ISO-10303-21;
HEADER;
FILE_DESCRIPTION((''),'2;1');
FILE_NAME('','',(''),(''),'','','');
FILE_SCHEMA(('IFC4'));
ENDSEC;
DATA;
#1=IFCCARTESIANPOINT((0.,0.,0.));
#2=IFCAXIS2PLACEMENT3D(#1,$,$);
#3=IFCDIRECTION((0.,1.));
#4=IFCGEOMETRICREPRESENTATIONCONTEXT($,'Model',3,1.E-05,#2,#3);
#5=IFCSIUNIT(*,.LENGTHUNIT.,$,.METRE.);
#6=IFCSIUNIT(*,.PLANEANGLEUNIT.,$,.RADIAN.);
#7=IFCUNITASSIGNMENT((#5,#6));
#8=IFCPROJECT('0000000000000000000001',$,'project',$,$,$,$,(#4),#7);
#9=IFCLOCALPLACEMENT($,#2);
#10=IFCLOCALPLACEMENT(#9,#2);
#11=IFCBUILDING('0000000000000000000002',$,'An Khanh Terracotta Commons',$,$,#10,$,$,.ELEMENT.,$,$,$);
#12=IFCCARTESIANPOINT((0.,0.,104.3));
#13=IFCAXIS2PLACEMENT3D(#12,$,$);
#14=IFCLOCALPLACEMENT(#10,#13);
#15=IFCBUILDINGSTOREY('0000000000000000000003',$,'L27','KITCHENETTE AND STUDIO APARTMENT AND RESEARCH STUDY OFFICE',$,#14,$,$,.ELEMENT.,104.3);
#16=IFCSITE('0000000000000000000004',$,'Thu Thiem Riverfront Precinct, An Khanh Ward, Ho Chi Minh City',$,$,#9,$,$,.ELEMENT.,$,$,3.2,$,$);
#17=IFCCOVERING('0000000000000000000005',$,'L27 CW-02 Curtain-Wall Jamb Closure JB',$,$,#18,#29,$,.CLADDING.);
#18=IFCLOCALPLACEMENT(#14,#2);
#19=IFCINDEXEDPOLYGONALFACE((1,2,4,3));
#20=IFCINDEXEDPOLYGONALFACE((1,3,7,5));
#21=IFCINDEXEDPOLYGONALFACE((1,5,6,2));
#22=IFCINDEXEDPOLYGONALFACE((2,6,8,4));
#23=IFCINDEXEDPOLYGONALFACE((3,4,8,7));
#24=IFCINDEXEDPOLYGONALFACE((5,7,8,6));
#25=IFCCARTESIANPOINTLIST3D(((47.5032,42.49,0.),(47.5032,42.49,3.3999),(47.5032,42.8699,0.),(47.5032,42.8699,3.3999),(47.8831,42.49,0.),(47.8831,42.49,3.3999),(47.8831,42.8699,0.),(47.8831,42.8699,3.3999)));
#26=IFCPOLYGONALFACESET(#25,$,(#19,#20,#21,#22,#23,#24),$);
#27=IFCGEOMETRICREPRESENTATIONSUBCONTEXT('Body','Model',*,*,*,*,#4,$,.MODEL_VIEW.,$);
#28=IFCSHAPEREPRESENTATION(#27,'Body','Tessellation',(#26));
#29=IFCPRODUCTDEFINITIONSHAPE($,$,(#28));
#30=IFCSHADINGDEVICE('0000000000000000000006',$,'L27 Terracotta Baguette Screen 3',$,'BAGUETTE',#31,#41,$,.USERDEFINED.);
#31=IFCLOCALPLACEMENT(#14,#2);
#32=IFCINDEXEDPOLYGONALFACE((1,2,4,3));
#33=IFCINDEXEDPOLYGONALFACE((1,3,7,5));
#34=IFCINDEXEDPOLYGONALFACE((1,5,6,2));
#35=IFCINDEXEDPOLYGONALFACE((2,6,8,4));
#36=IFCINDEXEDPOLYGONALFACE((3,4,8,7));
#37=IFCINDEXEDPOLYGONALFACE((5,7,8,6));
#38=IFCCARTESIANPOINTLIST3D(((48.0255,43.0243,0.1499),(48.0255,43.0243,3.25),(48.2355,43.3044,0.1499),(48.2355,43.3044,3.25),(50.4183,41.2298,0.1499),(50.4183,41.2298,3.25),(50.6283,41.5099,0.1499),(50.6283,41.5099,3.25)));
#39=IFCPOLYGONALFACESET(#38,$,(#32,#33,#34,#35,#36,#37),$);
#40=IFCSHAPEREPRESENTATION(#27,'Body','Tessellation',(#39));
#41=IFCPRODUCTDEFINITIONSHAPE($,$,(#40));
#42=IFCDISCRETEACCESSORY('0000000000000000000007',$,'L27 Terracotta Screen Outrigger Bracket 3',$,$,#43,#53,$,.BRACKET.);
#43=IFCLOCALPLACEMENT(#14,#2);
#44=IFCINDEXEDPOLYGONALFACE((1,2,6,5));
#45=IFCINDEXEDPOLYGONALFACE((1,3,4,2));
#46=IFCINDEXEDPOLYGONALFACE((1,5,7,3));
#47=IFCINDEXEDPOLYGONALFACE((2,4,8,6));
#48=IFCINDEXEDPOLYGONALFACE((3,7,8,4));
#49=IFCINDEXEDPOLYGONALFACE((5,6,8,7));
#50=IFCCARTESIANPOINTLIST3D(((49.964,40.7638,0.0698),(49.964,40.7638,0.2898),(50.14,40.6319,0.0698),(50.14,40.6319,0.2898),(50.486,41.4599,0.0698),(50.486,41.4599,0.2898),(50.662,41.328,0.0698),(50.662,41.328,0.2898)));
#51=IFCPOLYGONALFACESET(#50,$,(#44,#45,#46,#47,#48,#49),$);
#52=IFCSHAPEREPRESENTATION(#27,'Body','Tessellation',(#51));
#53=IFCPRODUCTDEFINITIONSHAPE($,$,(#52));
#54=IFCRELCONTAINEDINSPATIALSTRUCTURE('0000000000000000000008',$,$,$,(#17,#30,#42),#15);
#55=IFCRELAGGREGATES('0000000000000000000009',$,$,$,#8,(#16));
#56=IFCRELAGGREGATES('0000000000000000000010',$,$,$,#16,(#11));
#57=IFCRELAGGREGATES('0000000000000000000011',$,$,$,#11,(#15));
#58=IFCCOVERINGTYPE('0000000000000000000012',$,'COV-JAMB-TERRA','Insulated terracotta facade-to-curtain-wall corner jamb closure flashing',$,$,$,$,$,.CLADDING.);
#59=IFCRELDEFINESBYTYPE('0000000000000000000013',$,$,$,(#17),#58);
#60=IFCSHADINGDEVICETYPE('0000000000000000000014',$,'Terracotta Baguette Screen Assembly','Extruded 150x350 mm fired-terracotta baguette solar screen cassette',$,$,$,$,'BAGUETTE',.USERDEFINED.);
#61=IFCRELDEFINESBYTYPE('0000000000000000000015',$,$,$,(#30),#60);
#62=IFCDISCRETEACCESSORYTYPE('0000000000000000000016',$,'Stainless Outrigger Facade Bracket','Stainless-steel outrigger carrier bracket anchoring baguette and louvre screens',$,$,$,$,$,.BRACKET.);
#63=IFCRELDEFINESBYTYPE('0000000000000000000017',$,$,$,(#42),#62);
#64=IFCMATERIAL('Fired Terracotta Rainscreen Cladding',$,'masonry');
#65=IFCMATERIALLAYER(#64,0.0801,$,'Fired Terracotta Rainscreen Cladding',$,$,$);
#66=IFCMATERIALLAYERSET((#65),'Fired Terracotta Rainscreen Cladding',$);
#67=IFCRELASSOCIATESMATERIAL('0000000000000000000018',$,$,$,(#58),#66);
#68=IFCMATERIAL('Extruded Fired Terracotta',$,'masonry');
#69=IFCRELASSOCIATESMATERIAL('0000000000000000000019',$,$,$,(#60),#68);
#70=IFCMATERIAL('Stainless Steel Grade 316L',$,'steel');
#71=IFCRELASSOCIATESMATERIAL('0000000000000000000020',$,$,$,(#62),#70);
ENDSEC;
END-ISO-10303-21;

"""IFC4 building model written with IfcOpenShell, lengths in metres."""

from ifc_helpers import new_model, si_unit, direction, frame, origin, origin_2d, place, context, subcontext, project, spatial, rectangle, extrude, material, layer, layer_set, type_object, element, save


model = new_model("IFC4")

# Units and contexts
model_context = context("Model", 3, precision=1e-05, world=origin(), true_north=direction((0.0, 1.0)))
body_context = subcontext(model_context, "Body", "Model", "MODEL_VIEW")
ifc_project = project(units=[si_unit("LENGTHUNIT", "METRE"), si_unit("PLANEANGLEUNIT", "RADIAN")], contexts=[model_context])

# Site, building, storey
site_placement = place(None, origin())
site = spatial("IfcSite", under=ifc_project, at=site_placement, Name="Thu Thiem Riverfront Precinct, An Khanh Ward, Ho Chi Minh City", CompositionType="ELEMENT", RefElevation=3.2)
building_placement = place(site_placement, origin())
building = spatial("IfcBuilding", under=site, at=building_placement, Name="An Khanh Terracotta Commons", CompositionType="ELEMENT")
storey_placement = place(building_placement, frame((0.0, 0.0, 104.3)))
storey = spatial("IfcBuildingStorey", under=building, at=storey_placement, Name="L27", Description="KITCHENETTE AND STUDIO APARTMENT AND RESEARCH STUDY OFFICE", CompositionType="ELEMENT", Elevation=104.3)

# Covering
ifc_material_1 = material(Name="Fired Terracotta Rainscreen Cladding", Category="masonry")
ifc_layer_1 = layer(ifc_material_1, 0.0801, Name="Fired Terracotta Rainscreen Cladding")
ifc_layer_set_1 = layer_set([ifc_layer_1], Name="Fired Terracotta Rainscreen Cladding")
covering_type = type_object("IfcCoveringType", Name="COV-JAMB-TERRA", Description="Insulated terracotta facade-to-curtain-wall corner jamb closure flashing", PredefinedType="CLADDING", material=ifc_layer_set_1)
covering_placement = place(storey_placement, frame((47.6931, 42.6799, 0.0), z_axis=(0.0, 0.0, 1.0), x_axis=(1.0, 0.0, 0.0)))
element("IfcCovering", 1, at=covering_placement, inside=storey, type_object=covering_type, Name="L27 CW-02 Curtain-Wall Jamb Closure JB", PredefinedType="CLADDING", context=body_context, shape_type="SweptSolid", body=[
    extrude(rectangle(XDim=0.3799, YDim=0.3799, at=origin_2d()), origin(), (0.0, 0.0, 1.0), 3.3999),
])

# Shading device
ifc_material_2 = material(Name="Extruded Fired Terracotta", Category="masonry")
shading_device_type = type_object("IfcShadingDeviceType", Name="Terracotta Baguette Screen Assembly", Description="Extruded 150x350 mm fired-terracotta baguette solar screen cassette", ElementType="BAGUETTE", PredefinedType="USERDEFINED", material=ifc_material_2)
shading_device_placement = place(storey_placement, frame((49.3269, 42.2671, 0.1499), z_axis=(0.0, 0.0, 1.0), x_axis=(-0.800013, 0.599983, 0.0)))
element("IfcShadingDevice", 2, at=shading_device_placement, inside=storey, type_object=shading_device_type, Name="L27 Terracotta Baguette Screen 3", ObjectType="BAGUETTE", PredefinedType="USERDEFINED", context=body_context, shape_type="SweptSolid", body=[
    extrude(rectangle(XDim=2.991, YDim=0.3501, at=origin_2d()), origin(), (0.0, 0.0, 1.0), 3.1001),
])

# Discrete accessory
ifc_material_3 = material(Name="Stainless Steel Grade 316L", Category="steel")
discrete_accessory_type = type_object("IfcDiscreteAccessoryType", Name="Stainless Outrigger Facade Bracket", Description="Stainless-steel outrigger carrier bracket anchoring baguette and louvre screens", PredefinedType="BRACKET", material=ifc_material_3)
discrete_accessory_placement = place(storey_placement, frame((50.313, 41.0459, 0.0698), z_axis=(0.0, 0.0, 1.0), x_axis=(-0.800013, 0.599983, 0.0)))
element("IfcDiscreteAccessory", 3, at=discrete_accessory_placement, inside=storey, type_object=discrete_accessory_type, Name="L27 Terracotta Screen Outrigger Bracket 3", PredefinedType="BRACKET", context=body_context, shape_type="SweptSolid", body=[
    extrude(rectangle(XDim=0.22, YDim=0.8701, at=origin_2d()), origin(), (0.0, 0.0, 1.0), 0.22),
])

save(model, "model.ifc")
